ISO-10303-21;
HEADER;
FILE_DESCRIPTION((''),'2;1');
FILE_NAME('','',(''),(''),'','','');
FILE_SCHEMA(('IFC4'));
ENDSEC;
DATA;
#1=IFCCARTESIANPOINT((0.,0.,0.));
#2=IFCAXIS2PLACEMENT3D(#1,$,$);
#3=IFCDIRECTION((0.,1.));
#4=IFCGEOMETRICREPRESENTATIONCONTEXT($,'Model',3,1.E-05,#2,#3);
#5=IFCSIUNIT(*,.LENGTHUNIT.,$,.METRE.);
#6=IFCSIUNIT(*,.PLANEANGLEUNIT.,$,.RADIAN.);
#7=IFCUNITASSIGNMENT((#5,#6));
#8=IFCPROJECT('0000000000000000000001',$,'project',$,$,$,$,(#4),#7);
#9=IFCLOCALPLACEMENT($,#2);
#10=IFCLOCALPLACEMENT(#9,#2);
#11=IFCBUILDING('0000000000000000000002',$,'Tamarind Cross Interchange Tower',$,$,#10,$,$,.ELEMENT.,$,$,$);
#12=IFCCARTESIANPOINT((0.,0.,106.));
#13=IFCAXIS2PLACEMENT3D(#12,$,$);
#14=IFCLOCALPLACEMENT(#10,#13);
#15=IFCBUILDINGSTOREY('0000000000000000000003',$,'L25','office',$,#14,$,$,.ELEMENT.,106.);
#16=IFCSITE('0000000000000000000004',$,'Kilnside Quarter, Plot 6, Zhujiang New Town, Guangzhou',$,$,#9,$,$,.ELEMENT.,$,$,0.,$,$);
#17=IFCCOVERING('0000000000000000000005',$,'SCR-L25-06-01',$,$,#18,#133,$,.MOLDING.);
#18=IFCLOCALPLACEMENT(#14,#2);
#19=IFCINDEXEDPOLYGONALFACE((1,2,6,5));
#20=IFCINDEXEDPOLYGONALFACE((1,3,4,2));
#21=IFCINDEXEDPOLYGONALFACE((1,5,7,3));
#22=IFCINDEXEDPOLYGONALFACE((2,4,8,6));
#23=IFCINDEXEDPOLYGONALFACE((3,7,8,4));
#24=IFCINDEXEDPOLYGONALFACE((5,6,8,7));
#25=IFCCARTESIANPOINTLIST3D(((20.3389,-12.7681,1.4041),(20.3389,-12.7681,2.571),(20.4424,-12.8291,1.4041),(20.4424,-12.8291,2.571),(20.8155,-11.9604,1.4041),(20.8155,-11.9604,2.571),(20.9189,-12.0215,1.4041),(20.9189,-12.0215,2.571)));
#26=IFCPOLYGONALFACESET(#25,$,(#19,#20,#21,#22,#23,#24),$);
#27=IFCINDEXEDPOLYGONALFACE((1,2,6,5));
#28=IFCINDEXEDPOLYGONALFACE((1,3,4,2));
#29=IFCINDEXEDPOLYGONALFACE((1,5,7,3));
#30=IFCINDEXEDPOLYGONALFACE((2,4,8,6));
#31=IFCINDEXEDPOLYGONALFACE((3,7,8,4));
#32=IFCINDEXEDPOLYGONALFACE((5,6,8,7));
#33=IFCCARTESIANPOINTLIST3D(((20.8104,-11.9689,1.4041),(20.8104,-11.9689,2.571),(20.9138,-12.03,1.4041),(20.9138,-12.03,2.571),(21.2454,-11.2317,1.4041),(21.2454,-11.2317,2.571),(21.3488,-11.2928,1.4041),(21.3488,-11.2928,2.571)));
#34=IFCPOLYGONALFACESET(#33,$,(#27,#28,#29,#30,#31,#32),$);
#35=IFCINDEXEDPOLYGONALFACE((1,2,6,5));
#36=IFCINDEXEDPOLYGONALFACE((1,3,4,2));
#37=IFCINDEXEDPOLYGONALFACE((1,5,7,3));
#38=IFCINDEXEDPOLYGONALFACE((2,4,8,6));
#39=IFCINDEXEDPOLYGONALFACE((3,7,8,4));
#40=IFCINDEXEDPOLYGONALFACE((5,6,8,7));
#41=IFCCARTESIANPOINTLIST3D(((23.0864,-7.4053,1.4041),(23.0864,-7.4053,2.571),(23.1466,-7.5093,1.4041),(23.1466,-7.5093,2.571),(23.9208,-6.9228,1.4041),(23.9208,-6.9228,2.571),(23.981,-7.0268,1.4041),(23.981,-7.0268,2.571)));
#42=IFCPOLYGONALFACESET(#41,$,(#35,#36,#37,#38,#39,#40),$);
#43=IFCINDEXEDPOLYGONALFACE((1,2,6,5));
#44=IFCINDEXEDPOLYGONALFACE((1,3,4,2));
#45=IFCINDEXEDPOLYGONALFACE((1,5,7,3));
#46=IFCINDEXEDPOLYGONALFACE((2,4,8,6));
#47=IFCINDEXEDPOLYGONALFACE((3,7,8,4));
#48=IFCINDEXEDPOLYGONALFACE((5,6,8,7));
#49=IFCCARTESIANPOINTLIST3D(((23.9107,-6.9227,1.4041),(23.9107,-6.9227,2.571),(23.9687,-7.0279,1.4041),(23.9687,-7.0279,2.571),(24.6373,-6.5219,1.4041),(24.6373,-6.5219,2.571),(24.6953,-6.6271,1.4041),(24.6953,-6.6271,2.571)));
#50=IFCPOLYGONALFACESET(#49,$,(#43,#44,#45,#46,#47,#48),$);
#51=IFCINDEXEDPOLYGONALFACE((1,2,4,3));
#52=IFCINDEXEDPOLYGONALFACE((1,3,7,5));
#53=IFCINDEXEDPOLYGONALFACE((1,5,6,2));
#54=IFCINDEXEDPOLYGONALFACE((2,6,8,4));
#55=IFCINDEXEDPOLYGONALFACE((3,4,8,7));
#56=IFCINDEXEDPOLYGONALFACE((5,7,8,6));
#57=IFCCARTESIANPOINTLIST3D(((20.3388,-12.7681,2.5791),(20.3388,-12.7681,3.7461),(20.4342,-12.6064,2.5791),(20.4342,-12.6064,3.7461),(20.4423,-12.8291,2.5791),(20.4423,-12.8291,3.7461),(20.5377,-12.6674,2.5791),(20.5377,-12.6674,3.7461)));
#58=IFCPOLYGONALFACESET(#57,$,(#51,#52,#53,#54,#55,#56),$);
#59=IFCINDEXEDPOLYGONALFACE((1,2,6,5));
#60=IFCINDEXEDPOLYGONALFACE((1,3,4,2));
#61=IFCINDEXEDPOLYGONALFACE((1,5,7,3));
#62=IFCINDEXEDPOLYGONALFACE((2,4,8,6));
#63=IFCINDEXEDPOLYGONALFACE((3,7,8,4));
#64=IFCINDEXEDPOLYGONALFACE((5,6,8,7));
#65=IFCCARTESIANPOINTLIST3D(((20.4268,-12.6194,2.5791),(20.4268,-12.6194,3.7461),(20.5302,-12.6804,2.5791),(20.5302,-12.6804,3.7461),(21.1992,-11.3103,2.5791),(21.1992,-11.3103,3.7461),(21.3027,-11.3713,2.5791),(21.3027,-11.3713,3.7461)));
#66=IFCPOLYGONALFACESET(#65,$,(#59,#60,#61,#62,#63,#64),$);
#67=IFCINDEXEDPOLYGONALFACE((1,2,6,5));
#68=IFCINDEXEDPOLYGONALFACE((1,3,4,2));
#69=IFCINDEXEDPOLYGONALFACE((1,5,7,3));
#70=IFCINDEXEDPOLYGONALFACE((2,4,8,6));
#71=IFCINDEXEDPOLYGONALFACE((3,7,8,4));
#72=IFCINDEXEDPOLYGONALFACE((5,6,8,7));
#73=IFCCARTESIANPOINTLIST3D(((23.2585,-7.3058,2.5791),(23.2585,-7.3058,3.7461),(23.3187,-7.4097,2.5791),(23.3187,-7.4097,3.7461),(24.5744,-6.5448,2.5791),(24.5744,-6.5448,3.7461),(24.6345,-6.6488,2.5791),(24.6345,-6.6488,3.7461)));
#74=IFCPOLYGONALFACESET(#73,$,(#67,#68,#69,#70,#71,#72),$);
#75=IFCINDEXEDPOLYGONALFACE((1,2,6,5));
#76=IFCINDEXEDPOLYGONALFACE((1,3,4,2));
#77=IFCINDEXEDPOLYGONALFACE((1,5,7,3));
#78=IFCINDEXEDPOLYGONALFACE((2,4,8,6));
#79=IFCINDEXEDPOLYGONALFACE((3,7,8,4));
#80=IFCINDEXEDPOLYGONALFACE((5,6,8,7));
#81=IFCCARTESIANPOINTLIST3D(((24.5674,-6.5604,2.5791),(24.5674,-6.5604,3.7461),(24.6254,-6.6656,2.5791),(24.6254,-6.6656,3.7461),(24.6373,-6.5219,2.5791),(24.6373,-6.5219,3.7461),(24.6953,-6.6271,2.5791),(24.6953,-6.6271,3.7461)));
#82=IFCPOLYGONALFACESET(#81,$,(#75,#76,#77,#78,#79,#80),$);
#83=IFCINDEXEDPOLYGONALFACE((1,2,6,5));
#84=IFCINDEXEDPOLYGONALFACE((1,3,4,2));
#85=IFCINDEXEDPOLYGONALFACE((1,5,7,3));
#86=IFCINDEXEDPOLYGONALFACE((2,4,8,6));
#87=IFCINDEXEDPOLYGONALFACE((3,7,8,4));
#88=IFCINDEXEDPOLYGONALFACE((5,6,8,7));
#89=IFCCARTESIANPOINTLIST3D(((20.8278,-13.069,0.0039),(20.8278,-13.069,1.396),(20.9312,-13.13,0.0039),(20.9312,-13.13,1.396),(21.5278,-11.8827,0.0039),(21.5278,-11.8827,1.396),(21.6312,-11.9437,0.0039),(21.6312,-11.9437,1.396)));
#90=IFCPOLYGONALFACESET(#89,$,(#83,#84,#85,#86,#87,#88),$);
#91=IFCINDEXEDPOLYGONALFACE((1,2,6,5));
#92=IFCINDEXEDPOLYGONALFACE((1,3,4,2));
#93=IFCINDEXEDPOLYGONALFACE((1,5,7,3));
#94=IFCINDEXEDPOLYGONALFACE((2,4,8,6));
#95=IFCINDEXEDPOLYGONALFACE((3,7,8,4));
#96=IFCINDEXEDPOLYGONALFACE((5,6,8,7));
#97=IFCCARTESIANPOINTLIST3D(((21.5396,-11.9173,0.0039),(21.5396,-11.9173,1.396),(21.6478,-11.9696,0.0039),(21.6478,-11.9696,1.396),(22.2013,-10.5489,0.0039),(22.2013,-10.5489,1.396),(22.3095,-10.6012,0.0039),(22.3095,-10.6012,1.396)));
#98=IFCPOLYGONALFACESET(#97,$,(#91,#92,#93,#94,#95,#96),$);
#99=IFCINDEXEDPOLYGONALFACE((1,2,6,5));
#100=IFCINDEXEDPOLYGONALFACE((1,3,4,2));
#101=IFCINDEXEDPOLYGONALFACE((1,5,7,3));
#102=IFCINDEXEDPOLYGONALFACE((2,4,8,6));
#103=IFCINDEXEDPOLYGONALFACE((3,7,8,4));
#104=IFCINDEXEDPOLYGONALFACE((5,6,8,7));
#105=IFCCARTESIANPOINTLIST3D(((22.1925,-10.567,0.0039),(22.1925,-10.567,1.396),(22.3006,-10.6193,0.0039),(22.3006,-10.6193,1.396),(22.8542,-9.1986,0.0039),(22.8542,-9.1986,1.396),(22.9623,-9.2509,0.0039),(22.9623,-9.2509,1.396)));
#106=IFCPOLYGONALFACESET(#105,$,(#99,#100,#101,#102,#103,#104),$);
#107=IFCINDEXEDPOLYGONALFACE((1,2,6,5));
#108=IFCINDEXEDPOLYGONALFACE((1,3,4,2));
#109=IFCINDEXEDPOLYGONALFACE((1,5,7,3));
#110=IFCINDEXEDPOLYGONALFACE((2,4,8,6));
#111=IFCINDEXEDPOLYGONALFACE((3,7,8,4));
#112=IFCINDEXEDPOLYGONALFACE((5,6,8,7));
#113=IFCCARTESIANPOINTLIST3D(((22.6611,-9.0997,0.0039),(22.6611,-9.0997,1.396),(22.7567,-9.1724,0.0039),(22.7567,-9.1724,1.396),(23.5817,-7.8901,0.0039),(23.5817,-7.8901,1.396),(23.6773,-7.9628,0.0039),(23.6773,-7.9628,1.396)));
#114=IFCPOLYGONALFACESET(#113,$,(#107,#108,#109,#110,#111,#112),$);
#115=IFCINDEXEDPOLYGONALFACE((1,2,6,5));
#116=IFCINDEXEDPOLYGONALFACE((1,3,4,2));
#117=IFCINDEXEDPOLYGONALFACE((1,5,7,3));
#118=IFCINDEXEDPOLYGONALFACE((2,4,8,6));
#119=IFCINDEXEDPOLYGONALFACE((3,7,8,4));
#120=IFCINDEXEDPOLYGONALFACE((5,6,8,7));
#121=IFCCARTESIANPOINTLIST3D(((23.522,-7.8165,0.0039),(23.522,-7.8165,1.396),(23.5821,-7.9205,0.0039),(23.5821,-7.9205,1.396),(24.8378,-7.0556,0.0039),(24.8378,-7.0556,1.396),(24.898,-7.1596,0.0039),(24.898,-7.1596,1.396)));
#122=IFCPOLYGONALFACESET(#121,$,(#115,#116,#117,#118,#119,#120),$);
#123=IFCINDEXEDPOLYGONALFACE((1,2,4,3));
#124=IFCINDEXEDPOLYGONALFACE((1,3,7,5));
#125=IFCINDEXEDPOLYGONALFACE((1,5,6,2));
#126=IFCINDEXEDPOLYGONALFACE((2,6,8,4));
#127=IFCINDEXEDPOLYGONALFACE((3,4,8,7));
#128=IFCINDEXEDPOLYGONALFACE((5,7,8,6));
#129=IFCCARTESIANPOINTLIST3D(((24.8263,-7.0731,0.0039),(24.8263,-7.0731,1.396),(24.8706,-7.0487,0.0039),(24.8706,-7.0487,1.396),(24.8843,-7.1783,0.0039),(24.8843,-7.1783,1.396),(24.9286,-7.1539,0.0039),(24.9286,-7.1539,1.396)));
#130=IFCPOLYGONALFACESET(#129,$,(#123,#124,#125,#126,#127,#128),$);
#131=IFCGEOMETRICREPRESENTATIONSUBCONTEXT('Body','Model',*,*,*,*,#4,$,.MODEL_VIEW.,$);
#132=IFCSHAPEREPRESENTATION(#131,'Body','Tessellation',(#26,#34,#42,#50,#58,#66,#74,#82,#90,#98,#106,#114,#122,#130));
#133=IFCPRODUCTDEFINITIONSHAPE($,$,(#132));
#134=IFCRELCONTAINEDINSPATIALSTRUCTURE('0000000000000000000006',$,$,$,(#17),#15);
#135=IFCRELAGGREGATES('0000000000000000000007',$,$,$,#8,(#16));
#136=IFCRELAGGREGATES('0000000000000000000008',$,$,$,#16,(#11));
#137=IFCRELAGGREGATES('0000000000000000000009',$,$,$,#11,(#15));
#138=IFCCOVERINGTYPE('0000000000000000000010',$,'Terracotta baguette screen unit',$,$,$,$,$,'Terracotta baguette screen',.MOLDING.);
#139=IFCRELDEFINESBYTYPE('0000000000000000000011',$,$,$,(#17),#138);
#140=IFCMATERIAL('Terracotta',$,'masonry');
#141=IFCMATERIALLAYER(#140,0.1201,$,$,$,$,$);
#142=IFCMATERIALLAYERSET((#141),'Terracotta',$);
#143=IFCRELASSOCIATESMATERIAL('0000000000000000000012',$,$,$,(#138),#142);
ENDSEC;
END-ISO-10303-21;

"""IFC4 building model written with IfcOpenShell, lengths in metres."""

from ifc_helpers import new_model, si_unit, direction, frame, origin, origin_2d, place, context, subcontext, project, spatial, rectangle, extrude, material, layer, layer_set, type_object, element, save


model = new_model("IFC4")

# Units and contexts
model_context = context("Model", 3, precision=1e-05, world=origin(), true_north=direction((0.0, 1.0)))
body_context = subcontext(model_context, "Body", "Model", "MODEL_VIEW")
ifc_project = project(units=[si_unit("LENGTHUNIT", "METRE"), si_unit("PLANEANGLEUNIT", "RADIAN")], contexts=[model_context])

# Site, building, storey
site_placement = place(None, origin())
site = spatial("IfcSite", under=ifc_project, at=site_placement, Name="Kilnside Quarter, Plot 6, Zhujiang New Town, Guangzhou", CompositionType="ELEMENT", RefElevation=0.0)
building_placement = place(site_placement, origin())
building = spatial("IfcBuilding", under=site, at=building_placement, Name="Tamarind Cross Interchange Tower", CompositionType="ELEMENT")
storey_placement = place(building_placement, frame((0.0, 0.0, 106.0)))
storey = spatial("IfcBuildingStorey", under=building, at=storey_placement, Name="L25", Description="office", CompositionType="ELEMENT", Elevation=106.0)

# Covering
ifc_material_1 = material(Name="Terracotta", Category="masonry")
ifc_layer_1 = layer(ifc_material_1, 0.1201)
ifc_layer_set_1 = layer_set([ifc_layer_1], Name="Terracotta")
covering_type = type_object("IfcCoveringType", Name="Terracotta baguette screen unit", ElementType="Terracotta baguette screen", PredefinedType="MOLDING", material=ifc_layer_set_1)
covering_1_placement = place(storey_placement, origin())
element("IfcCovering", 1, at=covering_1_placement, inside=storey, type_object=covering_type, Name="SCR-L25-06-01", PredefinedType="MOLDING", context=body_context, shape_type="SweptSolid", body=[
    extrude(rectangle(XDim=0.9377, YDim=0.1201, at=origin_2d()), frame((20.6289, -12.3948, 1.4041), z_axis=(0.0, 0.0, 1.0), x_axis=(0.508183, 0.861249, 0.0)), (0.0, 0.0, 1.0), 1.167),
    extrude(rectangle(XDim=0.856, YDim=0.1201, at=origin_2d()), frame((21.0796, -11.6309, 1.4041), z_axis=(0.0, 0.0, 1.0), x_axis=(0.508183, 0.861249, 0.0)), (0.0, 0.0, 1.0), 1.167),
    extrude(rectangle(XDim=0.9639, YDim=0.1201, at=origin_2d()), frame((23.5337, -7.2161, 1.4041), z_axis=(0.0, 0.0, 1.0), x_axis=(0.865684, 0.500592, 0.0)), (0.0, 0.0, 1.0), 1.167),
    extrude(rectangle(XDim=0.8298, YDim=0.1201, at=origin_2d()), frame((24.303, -6.7749, 1.4041), z_axis=(0.0, 0.0, 1.0), x_axis=(0.875598, 0.483041, 0.0)), (0.0, 0.0, 1.0), 1.167),
    extrude(rectangle(XDim=0.1877, YDim=0.1201, at=origin_2d()), frame((20.4382, -12.7178, 2.5791), z_axis=(0.0, 0.0, 1.0), x_axis=(0.508183, 0.861249, 0.0)), (0.0, 0.0, 1.0), 1.167),
    extrude(rectangle(XDim=1.52, YDim=0.1201, at=origin_2d()), frame((20.8647, -11.9954, 2.5791), z_axis=(0.0, 0.0, 1.0), x_axis=(0.508183, 0.861249, 0.0)), (0.0, 0.0, 1.0), 1.167),
    extrude(rectangle(XDim=1.52, YDim=0.1201, at=origin_2d()), frame((23.9465, -6.9773, 2.5791), z_axis=(0.0, 0.0, 1.0), x_axis=(0.865684, 0.500592, 0.0)), (0.0, 0.0, 1.0), 1.167),
    extrude(rectangle(XDim=0.0798, YDim=0.1201, at=origin_2d()), frame((24.6313, -6.5938, 2.5791), z_axis=(0.0, 0.0, 1.0), x_axis=(0.875598, 0.483041, 0.0)), (0.0, 0.0, 1.0), 1.167),
    extrude(rectangle(XDim=1.3774, YDim=0.1201, at=origin_2d()), frame((21.2295, -12.5063, 0.0039), z_axis=(0.0, 0.0, 1.0), x_axis=(0.508183, 0.861249, 0.0)), (0.0, 0.0, 1.0), 1.3921),
    extrude(rectangle(XDim=1.52, YDim=0.1201, at=origin_2d()), frame((21.9246, -11.2593, 0.0039), z_axis=(0.0, 0.0, 1.0), x_axis=(0.435326, 0.900273, 0.0)), (0.0, 0.0, 1.0), 1.3921),
    extrude(rectangle(XDim=1.52, YDim=0.1201, at=origin_2d()), frame((22.5774, -9.9089, 0.0039), z_axis=(0.0, 0.0, 1.0), x_axis=(0.435326, 0.900273, 0.0)), (0.0, 0.0, 1.0), 1.3921),
    extrude(rectangle(XDim=1.52, YDim=0.1201, at=origin_2d()), frame((23.1692, -8.5312, 0.0039), z_axis=(0.0, 0.0, 1.0), x_axis=(0.605628, 0.795748, 0.0)), (0.0, 0.0, 1.0), 1.3921),
    extrude(rectangle(XDim=1.52, YDim=0.1201, at=origin_2d()), frame((24.21, -7.488, 0.0039), z_axis=(0.0, 0.0, 1.0), x_axis=(0.865684, 0.500592, 0.0)), (0.0, 0.0, 1.0), 1.3921),
    extrude(rectangle(XDim=0.0505, YDim=0.1201, at=origin_2d()), frame((24.8774, -7.1135, 0.0039), z_axis=(0.0, 0.0, 1.0), x_axis=(0.875598, 0.483041, 0.0)), (0.0, 0.0, 1.0), 1.3921),
])

save(model, "model.ifc")
